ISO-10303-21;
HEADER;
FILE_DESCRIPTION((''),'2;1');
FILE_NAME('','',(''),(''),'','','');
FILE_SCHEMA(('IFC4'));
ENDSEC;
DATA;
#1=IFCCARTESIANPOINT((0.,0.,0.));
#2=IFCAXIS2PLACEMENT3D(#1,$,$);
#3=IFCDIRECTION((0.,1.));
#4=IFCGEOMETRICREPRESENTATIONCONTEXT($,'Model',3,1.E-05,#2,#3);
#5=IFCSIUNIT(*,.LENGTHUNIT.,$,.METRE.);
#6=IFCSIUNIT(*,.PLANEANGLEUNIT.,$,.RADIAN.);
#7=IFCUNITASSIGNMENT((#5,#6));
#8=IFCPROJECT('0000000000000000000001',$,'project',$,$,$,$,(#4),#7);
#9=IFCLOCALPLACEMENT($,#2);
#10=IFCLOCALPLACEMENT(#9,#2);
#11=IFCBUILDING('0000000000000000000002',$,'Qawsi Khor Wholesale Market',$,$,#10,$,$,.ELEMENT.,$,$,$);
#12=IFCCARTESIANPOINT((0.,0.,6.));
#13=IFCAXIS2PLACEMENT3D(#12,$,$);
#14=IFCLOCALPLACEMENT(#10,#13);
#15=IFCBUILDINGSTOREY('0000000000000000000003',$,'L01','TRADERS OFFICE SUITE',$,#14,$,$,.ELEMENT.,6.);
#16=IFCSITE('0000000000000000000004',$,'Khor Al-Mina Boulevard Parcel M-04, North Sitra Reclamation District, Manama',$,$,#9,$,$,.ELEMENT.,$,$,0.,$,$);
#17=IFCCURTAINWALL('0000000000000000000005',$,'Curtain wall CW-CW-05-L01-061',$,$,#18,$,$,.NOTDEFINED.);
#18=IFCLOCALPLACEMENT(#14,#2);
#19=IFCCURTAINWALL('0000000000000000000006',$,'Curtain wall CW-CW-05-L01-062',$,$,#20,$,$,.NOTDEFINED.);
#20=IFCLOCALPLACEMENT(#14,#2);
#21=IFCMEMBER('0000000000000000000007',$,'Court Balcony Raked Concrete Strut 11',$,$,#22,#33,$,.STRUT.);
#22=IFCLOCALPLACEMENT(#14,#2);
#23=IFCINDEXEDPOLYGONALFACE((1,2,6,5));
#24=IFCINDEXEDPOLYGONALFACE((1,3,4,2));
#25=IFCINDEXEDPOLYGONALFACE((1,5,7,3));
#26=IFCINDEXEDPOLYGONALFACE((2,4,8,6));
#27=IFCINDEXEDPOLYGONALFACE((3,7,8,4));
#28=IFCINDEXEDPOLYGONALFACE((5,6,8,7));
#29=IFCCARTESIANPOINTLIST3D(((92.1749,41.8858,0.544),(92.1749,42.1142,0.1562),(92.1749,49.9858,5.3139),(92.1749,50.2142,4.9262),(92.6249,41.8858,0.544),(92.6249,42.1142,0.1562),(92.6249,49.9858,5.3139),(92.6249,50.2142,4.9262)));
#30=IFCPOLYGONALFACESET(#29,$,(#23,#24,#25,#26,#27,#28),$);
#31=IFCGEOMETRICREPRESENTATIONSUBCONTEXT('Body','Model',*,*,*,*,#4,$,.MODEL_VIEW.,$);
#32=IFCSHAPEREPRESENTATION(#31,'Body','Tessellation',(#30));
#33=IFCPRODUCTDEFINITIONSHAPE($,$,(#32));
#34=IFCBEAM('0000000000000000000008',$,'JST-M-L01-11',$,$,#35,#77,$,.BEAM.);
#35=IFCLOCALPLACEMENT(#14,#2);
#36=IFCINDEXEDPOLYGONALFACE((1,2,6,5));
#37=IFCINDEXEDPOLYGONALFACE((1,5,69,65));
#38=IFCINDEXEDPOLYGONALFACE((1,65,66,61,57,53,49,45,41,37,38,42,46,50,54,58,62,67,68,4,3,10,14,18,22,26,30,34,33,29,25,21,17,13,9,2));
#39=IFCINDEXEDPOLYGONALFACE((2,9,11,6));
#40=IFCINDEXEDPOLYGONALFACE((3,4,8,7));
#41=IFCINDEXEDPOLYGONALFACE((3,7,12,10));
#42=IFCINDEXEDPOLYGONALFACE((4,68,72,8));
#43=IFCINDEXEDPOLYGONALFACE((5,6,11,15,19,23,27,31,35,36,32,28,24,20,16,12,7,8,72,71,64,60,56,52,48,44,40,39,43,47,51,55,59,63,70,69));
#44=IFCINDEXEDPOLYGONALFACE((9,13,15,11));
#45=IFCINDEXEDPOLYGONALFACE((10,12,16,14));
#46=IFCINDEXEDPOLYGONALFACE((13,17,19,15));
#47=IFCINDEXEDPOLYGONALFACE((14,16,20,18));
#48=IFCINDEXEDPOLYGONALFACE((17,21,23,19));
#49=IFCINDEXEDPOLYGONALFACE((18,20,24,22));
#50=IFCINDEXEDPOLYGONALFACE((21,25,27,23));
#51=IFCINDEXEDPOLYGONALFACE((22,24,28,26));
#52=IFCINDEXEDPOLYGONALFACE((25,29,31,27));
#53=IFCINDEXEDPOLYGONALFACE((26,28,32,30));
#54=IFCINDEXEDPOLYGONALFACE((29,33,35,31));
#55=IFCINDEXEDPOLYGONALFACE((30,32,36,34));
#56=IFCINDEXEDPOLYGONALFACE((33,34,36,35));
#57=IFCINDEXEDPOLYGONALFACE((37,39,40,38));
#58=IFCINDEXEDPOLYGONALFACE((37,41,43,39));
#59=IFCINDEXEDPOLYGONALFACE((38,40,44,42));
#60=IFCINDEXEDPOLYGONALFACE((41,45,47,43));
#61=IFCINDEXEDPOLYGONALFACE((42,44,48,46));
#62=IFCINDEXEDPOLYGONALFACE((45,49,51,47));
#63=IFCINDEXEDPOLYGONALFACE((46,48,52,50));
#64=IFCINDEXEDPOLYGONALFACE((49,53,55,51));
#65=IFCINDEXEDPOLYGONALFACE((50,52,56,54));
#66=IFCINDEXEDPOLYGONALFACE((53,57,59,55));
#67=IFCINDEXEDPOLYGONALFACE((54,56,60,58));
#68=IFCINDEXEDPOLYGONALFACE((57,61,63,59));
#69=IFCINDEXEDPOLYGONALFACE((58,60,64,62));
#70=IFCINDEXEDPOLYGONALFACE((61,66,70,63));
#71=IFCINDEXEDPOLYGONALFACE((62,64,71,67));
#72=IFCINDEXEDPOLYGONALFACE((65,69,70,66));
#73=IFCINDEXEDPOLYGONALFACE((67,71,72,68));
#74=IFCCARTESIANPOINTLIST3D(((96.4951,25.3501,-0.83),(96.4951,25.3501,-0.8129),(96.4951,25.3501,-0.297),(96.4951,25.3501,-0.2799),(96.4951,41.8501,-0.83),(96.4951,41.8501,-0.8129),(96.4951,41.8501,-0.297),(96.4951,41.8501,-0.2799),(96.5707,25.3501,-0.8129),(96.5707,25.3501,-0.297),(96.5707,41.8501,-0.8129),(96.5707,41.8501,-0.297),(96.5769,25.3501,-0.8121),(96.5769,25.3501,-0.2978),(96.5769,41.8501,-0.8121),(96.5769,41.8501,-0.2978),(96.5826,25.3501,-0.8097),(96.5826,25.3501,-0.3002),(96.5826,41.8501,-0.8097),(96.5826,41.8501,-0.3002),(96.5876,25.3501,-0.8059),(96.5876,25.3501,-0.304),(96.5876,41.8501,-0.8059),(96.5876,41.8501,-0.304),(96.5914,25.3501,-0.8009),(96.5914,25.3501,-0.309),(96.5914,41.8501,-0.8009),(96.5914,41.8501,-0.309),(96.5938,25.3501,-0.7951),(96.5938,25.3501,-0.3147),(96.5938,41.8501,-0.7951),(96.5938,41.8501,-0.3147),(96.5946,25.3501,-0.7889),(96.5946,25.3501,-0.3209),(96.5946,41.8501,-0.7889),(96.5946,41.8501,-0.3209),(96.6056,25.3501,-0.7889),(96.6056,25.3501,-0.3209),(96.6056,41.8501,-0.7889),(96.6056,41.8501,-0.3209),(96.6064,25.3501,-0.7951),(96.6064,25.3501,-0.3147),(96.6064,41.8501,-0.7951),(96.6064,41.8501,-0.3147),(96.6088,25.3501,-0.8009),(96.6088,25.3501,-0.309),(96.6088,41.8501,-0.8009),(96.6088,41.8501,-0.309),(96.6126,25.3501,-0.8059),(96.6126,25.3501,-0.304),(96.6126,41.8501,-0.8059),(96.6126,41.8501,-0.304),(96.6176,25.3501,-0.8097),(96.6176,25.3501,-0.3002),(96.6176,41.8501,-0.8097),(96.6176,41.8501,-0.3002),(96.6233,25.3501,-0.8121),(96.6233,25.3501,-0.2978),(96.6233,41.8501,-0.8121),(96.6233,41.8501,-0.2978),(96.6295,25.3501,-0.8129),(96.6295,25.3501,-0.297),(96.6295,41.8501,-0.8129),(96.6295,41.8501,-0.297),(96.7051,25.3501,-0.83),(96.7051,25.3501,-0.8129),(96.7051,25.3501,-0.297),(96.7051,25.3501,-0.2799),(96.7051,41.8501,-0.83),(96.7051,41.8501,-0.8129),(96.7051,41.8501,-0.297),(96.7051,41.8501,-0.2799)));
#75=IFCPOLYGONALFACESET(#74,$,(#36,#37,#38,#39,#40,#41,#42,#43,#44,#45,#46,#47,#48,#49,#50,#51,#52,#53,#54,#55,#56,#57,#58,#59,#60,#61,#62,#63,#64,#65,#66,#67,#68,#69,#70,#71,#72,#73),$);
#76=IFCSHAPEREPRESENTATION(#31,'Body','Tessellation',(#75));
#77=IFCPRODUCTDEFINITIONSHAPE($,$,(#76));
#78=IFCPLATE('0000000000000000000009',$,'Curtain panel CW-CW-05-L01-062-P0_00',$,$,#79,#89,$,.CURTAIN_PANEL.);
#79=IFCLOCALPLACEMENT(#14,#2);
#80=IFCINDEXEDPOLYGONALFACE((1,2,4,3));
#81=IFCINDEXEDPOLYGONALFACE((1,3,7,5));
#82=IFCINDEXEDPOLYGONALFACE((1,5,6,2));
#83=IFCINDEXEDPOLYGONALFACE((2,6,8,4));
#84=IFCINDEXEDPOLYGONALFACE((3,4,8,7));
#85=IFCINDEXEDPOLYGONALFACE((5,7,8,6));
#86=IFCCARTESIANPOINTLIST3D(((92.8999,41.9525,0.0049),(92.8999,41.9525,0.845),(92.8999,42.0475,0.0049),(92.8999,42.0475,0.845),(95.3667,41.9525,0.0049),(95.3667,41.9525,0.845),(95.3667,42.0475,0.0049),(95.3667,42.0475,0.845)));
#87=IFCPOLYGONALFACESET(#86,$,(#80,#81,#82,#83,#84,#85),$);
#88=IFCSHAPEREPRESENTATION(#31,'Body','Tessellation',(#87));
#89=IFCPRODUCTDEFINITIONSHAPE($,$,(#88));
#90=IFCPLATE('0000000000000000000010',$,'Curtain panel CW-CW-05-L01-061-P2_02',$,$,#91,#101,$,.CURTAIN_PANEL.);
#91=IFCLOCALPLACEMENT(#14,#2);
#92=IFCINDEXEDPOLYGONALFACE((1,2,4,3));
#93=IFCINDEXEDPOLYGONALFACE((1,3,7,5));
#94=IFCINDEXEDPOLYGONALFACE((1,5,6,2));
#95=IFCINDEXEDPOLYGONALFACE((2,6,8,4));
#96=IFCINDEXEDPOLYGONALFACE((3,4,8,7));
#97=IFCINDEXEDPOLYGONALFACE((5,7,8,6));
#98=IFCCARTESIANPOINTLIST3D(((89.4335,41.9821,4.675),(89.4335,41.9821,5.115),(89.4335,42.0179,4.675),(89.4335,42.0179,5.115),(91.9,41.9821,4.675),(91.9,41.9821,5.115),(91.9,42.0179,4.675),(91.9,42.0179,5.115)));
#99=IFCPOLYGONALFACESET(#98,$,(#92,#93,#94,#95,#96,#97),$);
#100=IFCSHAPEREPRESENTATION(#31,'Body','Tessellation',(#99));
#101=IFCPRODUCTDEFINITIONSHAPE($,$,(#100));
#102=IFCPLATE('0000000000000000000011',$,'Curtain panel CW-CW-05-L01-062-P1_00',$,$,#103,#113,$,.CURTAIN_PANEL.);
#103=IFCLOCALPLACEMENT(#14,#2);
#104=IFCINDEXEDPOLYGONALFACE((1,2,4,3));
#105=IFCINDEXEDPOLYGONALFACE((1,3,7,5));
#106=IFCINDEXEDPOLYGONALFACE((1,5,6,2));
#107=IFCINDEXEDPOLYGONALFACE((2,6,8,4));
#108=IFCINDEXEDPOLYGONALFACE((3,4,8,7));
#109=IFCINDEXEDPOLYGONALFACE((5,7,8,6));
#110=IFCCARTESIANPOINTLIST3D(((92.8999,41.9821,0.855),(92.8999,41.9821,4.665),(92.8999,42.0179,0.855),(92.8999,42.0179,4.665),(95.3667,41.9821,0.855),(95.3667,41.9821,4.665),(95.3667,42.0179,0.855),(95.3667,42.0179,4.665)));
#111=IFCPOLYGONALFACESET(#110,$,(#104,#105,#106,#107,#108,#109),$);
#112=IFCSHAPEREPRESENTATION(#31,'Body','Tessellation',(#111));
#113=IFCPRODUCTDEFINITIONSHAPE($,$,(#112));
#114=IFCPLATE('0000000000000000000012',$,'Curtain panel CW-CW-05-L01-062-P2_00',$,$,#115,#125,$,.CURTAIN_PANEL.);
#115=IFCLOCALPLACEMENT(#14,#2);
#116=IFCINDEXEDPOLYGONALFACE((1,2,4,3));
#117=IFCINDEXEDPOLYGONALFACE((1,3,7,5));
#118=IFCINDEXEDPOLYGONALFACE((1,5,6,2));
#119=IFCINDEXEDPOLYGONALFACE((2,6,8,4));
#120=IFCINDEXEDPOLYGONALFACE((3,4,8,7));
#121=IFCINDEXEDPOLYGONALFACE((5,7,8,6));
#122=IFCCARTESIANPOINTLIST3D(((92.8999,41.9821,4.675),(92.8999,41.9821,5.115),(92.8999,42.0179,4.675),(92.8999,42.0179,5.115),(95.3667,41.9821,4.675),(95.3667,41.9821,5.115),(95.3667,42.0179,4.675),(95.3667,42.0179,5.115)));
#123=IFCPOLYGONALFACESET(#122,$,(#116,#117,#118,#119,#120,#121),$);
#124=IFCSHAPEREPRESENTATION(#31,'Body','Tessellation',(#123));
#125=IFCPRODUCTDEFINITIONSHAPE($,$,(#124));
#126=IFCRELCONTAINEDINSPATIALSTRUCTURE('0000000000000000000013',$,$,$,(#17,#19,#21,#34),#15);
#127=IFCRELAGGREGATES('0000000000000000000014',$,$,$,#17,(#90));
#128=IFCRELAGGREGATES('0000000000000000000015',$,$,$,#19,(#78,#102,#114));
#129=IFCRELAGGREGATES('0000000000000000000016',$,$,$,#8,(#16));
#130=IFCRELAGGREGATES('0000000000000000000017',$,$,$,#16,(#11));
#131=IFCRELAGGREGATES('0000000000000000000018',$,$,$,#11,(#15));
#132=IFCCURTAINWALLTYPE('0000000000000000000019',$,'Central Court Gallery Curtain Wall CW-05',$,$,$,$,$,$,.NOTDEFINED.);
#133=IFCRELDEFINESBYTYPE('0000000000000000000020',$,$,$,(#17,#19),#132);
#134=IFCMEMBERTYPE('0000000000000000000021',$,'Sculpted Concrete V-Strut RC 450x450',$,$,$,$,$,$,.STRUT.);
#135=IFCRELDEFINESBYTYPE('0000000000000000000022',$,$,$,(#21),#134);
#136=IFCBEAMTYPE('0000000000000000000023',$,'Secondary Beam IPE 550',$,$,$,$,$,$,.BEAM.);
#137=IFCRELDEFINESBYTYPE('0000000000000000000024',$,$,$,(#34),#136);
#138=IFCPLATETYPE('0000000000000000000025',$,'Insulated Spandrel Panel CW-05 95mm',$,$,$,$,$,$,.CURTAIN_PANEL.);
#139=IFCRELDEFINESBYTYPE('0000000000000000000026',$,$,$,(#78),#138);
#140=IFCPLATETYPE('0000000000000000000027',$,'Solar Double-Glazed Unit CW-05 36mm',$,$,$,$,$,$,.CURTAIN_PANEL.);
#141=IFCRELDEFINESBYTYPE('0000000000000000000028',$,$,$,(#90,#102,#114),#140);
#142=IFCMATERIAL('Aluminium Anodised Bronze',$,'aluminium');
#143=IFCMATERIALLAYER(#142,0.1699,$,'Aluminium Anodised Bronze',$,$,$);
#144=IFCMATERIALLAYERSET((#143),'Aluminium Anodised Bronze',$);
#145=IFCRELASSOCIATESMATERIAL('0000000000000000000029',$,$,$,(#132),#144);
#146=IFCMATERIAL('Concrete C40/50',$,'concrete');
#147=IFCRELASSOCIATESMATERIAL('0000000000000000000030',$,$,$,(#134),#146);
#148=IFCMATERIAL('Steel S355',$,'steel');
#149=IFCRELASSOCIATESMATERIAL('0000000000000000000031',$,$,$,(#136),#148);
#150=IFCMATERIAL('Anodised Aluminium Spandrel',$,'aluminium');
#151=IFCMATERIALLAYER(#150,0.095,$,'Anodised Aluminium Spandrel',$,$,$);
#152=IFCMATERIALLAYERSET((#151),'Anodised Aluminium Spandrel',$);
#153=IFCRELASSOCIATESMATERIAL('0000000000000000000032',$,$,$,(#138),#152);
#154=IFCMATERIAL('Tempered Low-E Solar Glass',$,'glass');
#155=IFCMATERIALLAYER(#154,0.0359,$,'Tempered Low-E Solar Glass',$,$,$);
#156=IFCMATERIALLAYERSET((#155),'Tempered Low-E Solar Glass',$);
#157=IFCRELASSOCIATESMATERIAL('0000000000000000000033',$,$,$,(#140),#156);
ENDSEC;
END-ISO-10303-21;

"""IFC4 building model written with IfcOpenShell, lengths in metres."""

from ifc_helpers import new_model, si_unit, direction, frame, frame_2d, origin, origin_2d, place, context, subcontext, project, spatial, rectangle, i_section, extrude, material, layer, layer_set, material_profile, profile_set, type_object, element, aggregate, save


model = new_model("IFC4")

# Units and contexts
model_context = context("Model", 3, precision=1e-05, world=origin(), true_north=direction((0.0, 1.0)))
body_context = subcontext(model_context, "Body", "Model", "MODEL_VIEW")
ifc_project = project(units=[si_unit("LENGTHUNIT", "METRE"), si_unit("PLANEANGLEUNIT", "RADIAN")], contexts=[model_context])

# Site, building, storey
site_placement = place(None, origin())
site = spatial("IfcSite", under=ifc_project, at=site_placement, Name="Khor Al-Mina Boulevard Parcel M-04, North Sitra Reclamation District, Manama", CompositionType="ELEMENT", RefElevation=0.0)
building_placement = place(site_placement, origin())
building = spatial("IfcBuilding", under=site, at=building_placement, Name="Qawsi Khor Wholesale Market", CompositionType="ELEMENT")
storey_placement = place(building_placement, frame((0.0, 0.0, 6.0)))
storey = spatial("IfcBuildingStorey", under=building, at=storey_placement, Name="L01", Description="TRADERS OFFICE SUITE", CompositionType="ELEMENT", Elevation=6.0)

# Shared definitions
ifc_material_1 = material(Name="Concrete C40/50", Category="concrete")

# Curtain wall
ifc_material_2 = material(Name="Aluminium Anodised Bronze", Category="aluminium")
ifc_layer_1 = layer(ifc_material_2, 0.1699, Name="Aluminium Anodised Bronze")
ifc_layer_set_1 = layer_set([ifc_layer_1], Name="Aluminium Anodised Bronze")
curtain_wall_type = type_object("IfcCurtainWallType", Name="Central Court Gallery Curtain Wall CW-05", PredefinedType="NOTDEFINED", material=ifc_layer_set_1)
curtain_wall_1_placement = place(storey_placement, origin())
curtain_wall_1 = element("IfcCurtainWall", 1, at=curtain_wall_1_placement, inside=storey, type_object=curtain_wall_type, Name="Curtain wall CW-CW-05-L01-061", PredefinedType="NOTDEFINED")

# Curtain wall
curtain_wall_2_placement = place(storey_placement, origin())
curtain_wall_2 = element("IfcCurtainWall", 2, at=curtain_wall_2_placement, inside=storey, type_object=curtain_wall_type, Name="Curtain wall CW-CW-05-L01-062", PredefinedType="NOTDEFINED")

# Shared definitions
ifc_material_3 = material(Name="Steel S355", Category="steel")

# Member
ifc_material_profile_1 = material_profile(ifc_material_1, rectangle(XDim=0.45, YDim=0.45, at=origin_2d()), Name="RC 450x450")
ifc_profile_set_1 = profile_set([ifc_material_profile_1], Name="Concrete C40/50")
member_type_1 = type_object("IfcMemberType", Name="Sculpted Concrete V-Strut RC 450x450", PredefinedType="STRUT", material=ifc_profile_set_1)
member_1_placement = place(storey_placement, frame((92.3999, 42.0, 0.3501), z_axis=(0.0, 0.86169, 0.507435), x_axis=(-1.0, 0.0, 0.0)))
element("IfcMember", 3, at=member_1_placement, inside=storey, type_object=member_type_1, Name="Court Balcony Raked Concrete Strut 11", PredefinedType="STRUT", context=body_context, shape_type="SweptSolid", body=[
    extrude(rectangle(XDim=0.45, YDim=0.45, at=origin_2d()), origin(), (0.0, 0.0, 1.0), 9.4001),
])

# Beam
ifc_material_profile_2 = material_profile(ifc_material_3, i_section(OverallWidth=0.21, OverallDepth=0.55, WebThickness=0.011, FlangeThickness=0.0171, FilletRadius=0.0239, at=origin_2d()), Name="IPE 550")
ifc_profile_set_2 = profile_set([ifc_material_profile_2], Name="Steel S355")
beam_type_1 = type_object("IfcBeamType", Name="Secondary Beam IPE 550", PredefinedType="BEAM", material=ifc_profile_set_2)
beam_1_placement = place(storey_placement, frame((96.6001, 25.3501, -0.5549), z_axis=(0.0, 1.0, 0.0), x_axis=(-1.0, 0.0, 0.0)))
element("IfcBeam", 4, at=beam_1_placement, inside=storey, type_object=beam_type_1, Name="JST-M-L01-11", PredefinedType="BEAM", context=body_context, shape_type="SweptSolid", body=[
    extrude(i_section(OverallWidth=0.21, OverallDepth=0.55, WebThickness=0.011, FlangeThickness=0.0171, FilletRadius=0.0239, at=origin_2d()), origin(), (0.0, 0.0, 1.0), 16.5),
])

# Plates
ifc_material_4 = material(Name="Anodised Aluminium Spandrel", Category="aluminium")
ifc_layer_2 = layer(ifc_material_4, 0.095, Name="Anodised Aluminium Spandrel")
ifc_layer_set_2 = layer_set([ifc_layer_2], Name="Anodised Aluminium Spandrel")
plate_type_1 = type_object("IfcPlateType", Name="Insulated Spandrel Panel CW-05 95mm", PredefinedType="CURTAIN_PANEL", material=ifc_layer_set_2)
plate_1_placement = place(storey_placement, frame((92.8999, 42.0, 0.0049), z_axis=(0.0, 0.0, 1.0), x_axis=(1.0, 0.0, 0.0)))
plate_1 = element("IfcPlate", 5, at=plate_1_placement, type_object=plate_type_1, Name="Curtain panel CW-CW-05-L01-062-P0_00", PredefinedType="CURTAIN_PANEL", context=body_context, shape_type="SweptSolid", body=[
    extrude(rectangle(XDim=2.4668, YDim=0.095, at=frame_2d((1.2334, 0.0))), origin(), (0.0, 0.0, 1.0), 0.8401),
])
ifc_material_5 = material(Name="Tempered Low-E Solar Glass", Category="glass")
ifc_layer_3 = layer(ifc_material_5, 0.0359, Name="Tempered Low-E Solar Glass")
ifc_layer_set_3 = layer_set([ifc_layer_3], Name="Tempered Low-E Solar Glass")
plate_type_2 = type_object("IfcPlateType", Name="Solar Double-Glazed Unit CW-05 36mm", PredefinedType="CURTAIN_PANEL", material=ifc_layer_set_3)
plate_2_placement = place(storey_placement, frame((89.4333, 42.0, 4.675), z_axis=(0.0, 0.0, 1.0), x_axis=(1.0, 0.0, 0.0)))
plate_2 = element("IfcPlate", 6, at=plate_2_placement, type_object=plate_type_2, Name="Curtain panel CW-CW-05-L01-061-P2_02", PredefinedType="CURTAIN_PANEL", context=body_context, shape_type="SweptSolid", body=[
    extrude(rectangle(XDim=2.4666, YDim=0.0359, at=frame_2d((1.2334, 0.0))), origin(), (0.0, 0.0, 1.0), 0.4399),
])
aggregate(curtain_wall_1, [plate_2])
plate_3_placement = place(storey_placement, frame((92.8999, 42.0, 0.855), z_axis=(0.0, 0.0, 1.0), x_axis=(1.0, 0.0, 0.0)))
plate_3 = element("IfcPlate", 7, at=plate_3_placement, type_object=plate_type_2, Name="Curtain panel CW-CW-05-L01-062-P1_00", PredefinedType="CURTAIN_PANEL", context=body_context, shape_type="SweptSolid", body=[
    extrude(rectangle(XDim=2.4668, YDim=0.0359, at=frame_2d((1.2334, 0.0))), origin(), (0.0, 0.0, 1.0), 3.8101),
])
plate_4_placement = place(storey_placement, frame((92.8999, 42.0, 4.675), z_axis=(0.0, 0.0, 1.0), x_axis=(1.0, 0.0, 0.0)))
plate_4 = element("IfcPlate", 8, at=plate_4_placement, type_object=plate_type_2, Name="Curtain panel CW-CW-05-L01-062-P2_00", PredefinedType="CURTAIN_PANEL", context=body_context, shape_type="SweptSolid", body=[
    extrude(rectangle(XDim=2.4668, YDim=0.0359, at=frame_2d((1.2334, 0.0))), origin(), (0.0, 0.0, 1.0), 0.4399),
])
aggregate(curtain_wall_2, [plate_1, plate_3, plate_4])

save(model, "model.ifc")
